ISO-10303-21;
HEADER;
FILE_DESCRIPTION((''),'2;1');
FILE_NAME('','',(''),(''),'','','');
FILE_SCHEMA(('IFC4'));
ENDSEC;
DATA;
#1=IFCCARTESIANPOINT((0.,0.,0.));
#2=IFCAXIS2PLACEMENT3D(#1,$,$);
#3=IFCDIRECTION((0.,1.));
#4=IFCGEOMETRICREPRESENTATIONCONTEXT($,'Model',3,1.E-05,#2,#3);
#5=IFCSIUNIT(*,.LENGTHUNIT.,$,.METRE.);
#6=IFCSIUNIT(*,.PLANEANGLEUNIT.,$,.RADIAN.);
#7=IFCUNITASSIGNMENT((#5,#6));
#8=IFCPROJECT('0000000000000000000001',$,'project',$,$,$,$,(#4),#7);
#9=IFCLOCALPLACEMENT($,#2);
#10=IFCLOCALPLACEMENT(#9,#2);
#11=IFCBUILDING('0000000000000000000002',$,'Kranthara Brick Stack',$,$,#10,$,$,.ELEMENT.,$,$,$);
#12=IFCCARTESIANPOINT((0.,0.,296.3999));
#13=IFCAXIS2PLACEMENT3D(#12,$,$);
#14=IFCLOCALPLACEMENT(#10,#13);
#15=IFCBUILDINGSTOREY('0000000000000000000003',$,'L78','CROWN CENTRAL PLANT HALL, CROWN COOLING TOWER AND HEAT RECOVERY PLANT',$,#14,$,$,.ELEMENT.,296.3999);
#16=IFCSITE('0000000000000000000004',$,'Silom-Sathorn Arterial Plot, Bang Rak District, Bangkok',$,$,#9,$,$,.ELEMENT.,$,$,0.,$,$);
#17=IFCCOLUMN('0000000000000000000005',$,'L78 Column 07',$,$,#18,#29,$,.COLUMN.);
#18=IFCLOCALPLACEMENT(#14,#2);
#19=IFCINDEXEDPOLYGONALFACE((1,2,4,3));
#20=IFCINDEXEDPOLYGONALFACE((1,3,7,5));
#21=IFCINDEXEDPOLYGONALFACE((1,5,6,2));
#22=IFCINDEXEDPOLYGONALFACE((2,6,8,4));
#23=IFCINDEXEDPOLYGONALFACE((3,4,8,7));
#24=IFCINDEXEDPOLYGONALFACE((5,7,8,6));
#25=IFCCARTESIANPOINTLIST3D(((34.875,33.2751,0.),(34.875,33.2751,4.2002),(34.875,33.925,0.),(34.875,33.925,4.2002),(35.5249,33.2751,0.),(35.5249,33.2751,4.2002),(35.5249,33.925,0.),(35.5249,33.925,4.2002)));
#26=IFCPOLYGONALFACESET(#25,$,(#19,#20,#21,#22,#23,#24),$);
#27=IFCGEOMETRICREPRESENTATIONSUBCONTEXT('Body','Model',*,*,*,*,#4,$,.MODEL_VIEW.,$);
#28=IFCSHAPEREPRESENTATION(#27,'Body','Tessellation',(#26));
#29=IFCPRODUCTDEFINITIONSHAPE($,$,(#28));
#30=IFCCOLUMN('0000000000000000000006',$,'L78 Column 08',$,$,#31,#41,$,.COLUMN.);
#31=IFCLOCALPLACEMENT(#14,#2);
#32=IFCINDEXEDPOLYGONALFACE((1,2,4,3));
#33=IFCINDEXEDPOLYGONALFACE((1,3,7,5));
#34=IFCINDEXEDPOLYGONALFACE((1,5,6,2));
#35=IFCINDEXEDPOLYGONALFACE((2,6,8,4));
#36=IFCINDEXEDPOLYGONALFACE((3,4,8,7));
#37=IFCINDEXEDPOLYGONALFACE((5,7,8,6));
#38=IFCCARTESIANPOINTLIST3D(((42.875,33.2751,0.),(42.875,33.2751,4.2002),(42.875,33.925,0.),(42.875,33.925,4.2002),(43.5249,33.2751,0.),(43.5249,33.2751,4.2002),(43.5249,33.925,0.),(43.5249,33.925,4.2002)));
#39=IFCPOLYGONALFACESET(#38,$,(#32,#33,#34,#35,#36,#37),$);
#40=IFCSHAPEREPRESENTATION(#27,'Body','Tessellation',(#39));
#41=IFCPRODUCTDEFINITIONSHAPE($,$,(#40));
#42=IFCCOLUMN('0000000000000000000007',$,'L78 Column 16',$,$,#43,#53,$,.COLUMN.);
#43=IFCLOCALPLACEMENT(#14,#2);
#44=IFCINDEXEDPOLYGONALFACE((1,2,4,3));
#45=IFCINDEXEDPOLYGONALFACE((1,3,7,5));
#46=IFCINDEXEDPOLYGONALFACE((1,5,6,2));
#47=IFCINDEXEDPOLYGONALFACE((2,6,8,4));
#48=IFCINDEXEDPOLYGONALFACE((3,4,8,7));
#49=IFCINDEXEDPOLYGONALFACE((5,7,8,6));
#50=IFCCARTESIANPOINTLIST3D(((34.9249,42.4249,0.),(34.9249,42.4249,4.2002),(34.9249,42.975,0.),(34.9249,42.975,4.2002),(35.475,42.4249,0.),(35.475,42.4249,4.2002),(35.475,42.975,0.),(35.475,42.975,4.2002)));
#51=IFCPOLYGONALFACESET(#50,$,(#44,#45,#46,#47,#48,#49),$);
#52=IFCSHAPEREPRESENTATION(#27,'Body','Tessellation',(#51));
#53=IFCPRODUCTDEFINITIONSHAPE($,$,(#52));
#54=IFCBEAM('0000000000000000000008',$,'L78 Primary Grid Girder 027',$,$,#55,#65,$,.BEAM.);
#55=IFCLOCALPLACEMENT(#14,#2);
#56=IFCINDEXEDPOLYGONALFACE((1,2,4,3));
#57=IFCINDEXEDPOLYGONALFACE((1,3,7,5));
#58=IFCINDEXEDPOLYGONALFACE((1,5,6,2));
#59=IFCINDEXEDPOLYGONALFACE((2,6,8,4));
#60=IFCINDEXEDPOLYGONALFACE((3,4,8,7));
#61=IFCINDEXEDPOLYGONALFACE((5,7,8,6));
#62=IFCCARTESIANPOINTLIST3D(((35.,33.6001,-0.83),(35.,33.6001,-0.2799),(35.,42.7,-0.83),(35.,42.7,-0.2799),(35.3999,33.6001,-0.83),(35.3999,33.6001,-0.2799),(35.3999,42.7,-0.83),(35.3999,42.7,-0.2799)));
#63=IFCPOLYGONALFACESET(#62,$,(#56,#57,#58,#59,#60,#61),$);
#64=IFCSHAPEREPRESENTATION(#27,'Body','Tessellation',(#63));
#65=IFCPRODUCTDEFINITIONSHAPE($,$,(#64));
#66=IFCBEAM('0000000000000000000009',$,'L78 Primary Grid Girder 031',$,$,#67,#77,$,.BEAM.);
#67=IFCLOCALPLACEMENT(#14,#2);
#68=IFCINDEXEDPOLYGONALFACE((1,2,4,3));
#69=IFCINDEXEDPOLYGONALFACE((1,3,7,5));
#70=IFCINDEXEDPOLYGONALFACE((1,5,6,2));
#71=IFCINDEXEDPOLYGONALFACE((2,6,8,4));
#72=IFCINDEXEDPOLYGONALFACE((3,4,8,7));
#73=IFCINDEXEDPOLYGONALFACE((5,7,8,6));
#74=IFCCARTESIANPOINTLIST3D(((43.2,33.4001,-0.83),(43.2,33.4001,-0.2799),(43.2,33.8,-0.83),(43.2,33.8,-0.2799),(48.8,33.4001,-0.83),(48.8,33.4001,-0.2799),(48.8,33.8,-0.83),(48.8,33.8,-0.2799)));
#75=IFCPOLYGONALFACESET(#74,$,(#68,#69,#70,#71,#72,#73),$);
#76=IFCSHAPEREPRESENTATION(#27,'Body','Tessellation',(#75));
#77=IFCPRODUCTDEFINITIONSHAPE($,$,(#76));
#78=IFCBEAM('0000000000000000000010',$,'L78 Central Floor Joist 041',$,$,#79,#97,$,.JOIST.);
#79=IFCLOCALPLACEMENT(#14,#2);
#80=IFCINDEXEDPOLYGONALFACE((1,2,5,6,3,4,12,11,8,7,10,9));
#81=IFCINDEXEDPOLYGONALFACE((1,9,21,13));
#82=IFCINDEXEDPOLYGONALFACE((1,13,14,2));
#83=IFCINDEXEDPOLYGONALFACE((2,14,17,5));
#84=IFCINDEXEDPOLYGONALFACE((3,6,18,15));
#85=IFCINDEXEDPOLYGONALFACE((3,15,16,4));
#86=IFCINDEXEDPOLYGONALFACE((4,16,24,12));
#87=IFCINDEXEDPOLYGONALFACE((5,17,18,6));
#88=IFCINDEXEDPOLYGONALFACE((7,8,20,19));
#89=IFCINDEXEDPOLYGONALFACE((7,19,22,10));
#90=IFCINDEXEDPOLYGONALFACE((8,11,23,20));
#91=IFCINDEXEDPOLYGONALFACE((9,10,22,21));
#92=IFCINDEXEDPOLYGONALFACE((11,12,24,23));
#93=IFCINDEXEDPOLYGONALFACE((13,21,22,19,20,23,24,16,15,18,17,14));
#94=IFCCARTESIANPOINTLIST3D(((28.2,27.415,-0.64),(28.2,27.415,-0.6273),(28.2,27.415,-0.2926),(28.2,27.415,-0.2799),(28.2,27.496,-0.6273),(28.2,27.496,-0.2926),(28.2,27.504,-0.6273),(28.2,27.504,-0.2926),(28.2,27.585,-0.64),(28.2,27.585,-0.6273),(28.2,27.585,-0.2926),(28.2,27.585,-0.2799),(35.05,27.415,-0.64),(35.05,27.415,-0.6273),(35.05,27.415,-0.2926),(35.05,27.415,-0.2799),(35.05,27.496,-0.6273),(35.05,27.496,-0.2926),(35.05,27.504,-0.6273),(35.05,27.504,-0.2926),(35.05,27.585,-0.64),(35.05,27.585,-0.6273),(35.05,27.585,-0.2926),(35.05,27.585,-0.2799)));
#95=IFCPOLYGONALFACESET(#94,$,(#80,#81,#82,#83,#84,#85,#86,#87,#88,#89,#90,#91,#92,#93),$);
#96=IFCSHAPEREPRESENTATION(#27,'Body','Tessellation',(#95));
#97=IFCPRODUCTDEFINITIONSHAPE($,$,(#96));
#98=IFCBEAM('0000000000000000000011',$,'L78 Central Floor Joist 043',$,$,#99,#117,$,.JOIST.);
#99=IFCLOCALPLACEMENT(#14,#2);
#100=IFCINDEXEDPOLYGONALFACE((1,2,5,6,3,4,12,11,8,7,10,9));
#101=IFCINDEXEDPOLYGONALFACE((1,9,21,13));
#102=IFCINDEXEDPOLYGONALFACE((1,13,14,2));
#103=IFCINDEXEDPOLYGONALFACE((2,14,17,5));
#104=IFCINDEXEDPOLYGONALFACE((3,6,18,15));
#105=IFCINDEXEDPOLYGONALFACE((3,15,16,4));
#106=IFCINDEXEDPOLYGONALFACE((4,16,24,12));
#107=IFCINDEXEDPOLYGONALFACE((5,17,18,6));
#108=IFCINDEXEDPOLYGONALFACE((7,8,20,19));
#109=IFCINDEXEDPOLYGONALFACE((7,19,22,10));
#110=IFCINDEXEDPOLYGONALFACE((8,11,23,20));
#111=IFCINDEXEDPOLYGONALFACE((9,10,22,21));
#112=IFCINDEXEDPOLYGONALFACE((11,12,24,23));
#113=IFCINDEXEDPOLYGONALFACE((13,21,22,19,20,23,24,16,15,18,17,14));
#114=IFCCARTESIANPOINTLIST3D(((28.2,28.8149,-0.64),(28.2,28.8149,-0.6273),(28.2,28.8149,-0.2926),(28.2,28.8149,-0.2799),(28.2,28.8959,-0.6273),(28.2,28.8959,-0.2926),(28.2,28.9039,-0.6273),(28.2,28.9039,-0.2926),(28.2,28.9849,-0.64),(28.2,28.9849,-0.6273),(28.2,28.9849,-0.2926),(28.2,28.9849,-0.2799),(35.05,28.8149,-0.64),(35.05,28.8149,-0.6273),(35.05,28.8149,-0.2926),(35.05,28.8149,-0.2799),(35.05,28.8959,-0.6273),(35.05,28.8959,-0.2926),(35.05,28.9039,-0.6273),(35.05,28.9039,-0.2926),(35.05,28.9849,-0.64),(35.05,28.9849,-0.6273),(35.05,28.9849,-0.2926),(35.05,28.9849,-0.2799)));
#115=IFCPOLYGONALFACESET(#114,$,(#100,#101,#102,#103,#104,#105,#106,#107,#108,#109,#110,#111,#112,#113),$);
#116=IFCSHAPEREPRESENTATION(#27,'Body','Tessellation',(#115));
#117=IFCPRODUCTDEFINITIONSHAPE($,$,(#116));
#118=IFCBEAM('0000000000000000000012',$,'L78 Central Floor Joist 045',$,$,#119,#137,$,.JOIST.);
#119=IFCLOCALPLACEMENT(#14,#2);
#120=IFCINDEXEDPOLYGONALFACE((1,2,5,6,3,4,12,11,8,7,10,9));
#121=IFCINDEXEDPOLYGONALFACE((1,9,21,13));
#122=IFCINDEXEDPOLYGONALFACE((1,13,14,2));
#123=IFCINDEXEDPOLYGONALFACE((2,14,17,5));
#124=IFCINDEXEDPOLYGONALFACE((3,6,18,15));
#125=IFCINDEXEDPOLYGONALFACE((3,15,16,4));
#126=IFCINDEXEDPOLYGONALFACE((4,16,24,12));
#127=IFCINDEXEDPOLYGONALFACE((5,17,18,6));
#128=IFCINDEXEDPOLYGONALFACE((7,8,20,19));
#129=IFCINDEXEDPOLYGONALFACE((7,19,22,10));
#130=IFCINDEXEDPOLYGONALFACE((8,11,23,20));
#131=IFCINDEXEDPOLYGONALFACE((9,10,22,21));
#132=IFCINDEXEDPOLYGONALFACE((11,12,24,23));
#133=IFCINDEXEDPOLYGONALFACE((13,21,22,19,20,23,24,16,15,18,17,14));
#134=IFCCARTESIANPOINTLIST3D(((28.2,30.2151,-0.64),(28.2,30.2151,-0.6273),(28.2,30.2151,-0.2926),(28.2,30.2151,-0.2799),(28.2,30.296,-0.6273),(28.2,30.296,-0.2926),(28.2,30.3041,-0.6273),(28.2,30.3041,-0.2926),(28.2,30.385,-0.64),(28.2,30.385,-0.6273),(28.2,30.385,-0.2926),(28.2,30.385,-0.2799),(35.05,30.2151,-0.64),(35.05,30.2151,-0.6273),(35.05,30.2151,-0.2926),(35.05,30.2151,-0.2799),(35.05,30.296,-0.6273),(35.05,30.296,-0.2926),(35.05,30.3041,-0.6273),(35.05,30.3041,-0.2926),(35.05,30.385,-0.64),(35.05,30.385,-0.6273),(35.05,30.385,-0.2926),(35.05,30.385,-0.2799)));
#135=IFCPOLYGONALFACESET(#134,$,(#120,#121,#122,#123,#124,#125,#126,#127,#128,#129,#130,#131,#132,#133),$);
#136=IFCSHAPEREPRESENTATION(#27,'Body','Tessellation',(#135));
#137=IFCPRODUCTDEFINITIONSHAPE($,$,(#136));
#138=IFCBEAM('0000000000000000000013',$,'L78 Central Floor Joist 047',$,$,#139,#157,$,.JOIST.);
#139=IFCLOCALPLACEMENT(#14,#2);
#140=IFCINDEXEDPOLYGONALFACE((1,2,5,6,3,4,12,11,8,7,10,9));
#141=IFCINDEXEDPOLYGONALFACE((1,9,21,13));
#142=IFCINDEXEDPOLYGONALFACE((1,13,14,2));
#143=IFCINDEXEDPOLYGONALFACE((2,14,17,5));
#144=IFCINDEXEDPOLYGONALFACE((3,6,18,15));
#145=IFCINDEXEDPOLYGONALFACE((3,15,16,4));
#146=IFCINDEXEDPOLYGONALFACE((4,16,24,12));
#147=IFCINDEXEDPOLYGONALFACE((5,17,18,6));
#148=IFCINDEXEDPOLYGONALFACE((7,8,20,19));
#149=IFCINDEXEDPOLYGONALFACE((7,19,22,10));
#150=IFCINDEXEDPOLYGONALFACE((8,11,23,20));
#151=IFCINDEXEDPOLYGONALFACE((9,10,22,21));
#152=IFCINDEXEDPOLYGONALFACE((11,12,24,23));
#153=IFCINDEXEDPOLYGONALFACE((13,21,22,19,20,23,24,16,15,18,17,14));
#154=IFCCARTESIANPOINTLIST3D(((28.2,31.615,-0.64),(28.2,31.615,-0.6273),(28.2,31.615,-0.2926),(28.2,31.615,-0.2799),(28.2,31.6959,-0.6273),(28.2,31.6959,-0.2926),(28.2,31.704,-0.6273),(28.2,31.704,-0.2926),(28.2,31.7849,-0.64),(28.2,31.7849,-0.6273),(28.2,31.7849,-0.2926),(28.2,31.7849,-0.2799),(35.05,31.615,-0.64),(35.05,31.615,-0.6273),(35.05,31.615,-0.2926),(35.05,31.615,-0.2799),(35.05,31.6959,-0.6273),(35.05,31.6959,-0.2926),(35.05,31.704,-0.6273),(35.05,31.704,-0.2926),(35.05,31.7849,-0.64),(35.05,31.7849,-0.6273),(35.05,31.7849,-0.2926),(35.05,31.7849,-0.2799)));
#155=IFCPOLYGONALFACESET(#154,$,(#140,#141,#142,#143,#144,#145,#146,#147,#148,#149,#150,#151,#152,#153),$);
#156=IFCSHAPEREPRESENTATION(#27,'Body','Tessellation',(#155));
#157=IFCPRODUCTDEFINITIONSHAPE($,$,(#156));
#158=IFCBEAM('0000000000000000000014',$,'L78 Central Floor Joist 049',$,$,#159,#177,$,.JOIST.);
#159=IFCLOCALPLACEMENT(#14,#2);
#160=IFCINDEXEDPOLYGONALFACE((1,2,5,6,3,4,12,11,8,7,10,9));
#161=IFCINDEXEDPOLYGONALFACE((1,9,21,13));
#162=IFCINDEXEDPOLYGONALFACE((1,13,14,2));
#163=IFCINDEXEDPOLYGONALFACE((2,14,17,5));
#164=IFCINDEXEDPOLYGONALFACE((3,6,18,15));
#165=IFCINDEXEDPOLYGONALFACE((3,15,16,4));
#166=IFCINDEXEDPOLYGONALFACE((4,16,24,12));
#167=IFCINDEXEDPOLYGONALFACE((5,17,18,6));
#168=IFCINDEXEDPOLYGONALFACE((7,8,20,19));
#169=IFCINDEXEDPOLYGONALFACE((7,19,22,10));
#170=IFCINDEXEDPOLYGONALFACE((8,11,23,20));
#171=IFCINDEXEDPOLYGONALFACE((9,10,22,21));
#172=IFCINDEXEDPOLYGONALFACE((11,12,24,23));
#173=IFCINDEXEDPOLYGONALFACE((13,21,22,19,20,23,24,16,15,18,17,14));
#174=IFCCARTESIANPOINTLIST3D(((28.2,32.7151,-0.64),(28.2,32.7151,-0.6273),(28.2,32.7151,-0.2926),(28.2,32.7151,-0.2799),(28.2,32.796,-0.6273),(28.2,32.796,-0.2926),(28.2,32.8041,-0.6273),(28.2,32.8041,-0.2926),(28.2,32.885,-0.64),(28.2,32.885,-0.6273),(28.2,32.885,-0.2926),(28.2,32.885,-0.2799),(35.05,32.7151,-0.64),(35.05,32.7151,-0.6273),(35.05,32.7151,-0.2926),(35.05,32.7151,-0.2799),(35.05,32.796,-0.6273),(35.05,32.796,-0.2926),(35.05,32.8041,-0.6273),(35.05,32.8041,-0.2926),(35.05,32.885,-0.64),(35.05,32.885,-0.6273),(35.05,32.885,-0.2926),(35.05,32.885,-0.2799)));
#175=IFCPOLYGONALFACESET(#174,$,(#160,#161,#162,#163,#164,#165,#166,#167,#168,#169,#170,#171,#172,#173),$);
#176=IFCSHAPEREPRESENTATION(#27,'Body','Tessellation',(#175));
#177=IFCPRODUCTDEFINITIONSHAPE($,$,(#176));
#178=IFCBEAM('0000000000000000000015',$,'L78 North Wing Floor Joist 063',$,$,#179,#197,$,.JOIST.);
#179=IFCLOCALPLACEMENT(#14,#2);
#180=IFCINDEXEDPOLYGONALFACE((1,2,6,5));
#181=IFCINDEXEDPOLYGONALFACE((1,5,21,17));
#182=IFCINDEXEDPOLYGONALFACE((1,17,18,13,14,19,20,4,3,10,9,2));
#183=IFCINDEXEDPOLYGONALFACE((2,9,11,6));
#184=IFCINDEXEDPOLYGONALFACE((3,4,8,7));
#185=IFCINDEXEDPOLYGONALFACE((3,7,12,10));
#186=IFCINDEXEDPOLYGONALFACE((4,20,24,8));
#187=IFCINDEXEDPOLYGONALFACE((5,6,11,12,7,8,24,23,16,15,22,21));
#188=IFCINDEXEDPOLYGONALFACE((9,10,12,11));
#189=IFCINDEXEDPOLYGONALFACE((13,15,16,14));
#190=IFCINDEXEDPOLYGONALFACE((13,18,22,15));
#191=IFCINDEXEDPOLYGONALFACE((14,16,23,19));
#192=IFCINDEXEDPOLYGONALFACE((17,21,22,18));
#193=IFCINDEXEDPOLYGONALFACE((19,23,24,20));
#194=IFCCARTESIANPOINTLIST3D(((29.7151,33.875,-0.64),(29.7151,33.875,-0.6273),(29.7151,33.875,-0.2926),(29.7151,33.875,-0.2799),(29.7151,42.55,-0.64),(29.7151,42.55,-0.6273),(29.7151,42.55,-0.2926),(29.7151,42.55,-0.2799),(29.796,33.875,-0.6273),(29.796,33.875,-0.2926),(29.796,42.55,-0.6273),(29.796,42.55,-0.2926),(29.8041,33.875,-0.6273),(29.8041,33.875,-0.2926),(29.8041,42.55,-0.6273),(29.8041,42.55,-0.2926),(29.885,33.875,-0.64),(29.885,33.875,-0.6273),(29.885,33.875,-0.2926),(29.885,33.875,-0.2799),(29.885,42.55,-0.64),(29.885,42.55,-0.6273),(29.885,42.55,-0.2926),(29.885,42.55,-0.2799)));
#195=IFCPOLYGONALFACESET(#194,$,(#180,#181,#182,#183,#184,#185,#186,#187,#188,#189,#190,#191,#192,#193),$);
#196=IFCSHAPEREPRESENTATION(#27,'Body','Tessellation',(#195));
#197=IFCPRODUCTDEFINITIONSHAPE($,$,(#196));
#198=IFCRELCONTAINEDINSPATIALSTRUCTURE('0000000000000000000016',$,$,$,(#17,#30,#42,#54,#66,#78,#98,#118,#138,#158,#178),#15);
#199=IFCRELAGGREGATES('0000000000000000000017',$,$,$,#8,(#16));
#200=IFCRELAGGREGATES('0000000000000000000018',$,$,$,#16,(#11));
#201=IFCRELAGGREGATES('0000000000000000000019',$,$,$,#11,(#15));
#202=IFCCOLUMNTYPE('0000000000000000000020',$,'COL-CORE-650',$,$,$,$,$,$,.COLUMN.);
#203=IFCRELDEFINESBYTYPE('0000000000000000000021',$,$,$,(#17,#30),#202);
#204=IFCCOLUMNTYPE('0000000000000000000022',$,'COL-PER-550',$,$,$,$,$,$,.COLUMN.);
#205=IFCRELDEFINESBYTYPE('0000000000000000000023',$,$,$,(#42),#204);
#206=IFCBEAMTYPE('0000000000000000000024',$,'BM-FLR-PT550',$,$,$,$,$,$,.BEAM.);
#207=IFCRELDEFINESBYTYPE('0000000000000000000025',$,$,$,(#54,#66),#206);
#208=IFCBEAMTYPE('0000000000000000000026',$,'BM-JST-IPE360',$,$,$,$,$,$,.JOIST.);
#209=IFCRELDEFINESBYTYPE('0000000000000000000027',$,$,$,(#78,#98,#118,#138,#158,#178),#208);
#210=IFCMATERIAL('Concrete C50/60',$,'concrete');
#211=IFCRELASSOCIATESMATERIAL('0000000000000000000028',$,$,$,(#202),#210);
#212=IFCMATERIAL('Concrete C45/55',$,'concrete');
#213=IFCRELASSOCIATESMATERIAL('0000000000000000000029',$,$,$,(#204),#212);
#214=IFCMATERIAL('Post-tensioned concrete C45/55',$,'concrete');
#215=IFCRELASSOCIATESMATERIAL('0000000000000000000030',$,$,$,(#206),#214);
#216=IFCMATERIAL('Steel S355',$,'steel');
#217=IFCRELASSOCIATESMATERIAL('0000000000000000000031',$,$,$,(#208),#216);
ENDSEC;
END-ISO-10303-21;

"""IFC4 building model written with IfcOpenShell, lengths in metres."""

from ifc_helpers import new_model, si_unit, direction, frame, origin, origin_2d, place, context, subcontext, project, spatial, rectangle, i_section, extrude, material, material_profile, profile_set, type_object, element, save


model = new_model("IFC4")

# Units and contexts
model_context = context("Model", 3, precision=1e-05, world=origin(), true_north=direction((0.0, 1.0)))
body_context = subcontext(model_context, "Body", "Model", "MODEL_VIEW")
ifc_project = project(units=[si_unit("LENGTHUNIT", "METRE"), si_unit("PLANEANGLEUNIT", "RADIAN")], contexts=[model_context])

# Site, building, storey
site_placement = place(None, origin())
site = spatial("IfcSite", under=ifc_project, at=site_placement, Name="Silom-Sathorn Arterial Plot, Bang Rak District, Bangkok", CompositionType="ELEMENT", RefElevation=0.0)
building_placement = place(site_placement, origin())
building = spatial("IfcBuilding", under=site, at=building_placement, Name="Kranthara Brick Stack", CompositionType="ELEMENT")
storey_placement = place(building_placement, frame((0.0, 0.0, 296.3999)))
storey = spatial("IfcBuildingStorey", under=building, at=storey_placement, Name="L78", Description="CROWN CENTRAL PLANT HALL, CROWN COOLING TOWER AND HEAT RECOVERY PLANT", CompositionType="ELEMENT", Elevation=296.3999)

# Columns
ifc_material_1 = material(Name="Concrete C50/60", Category="concrete")
ifc_material_profile_1 = material_profile(ifc_material_1, rectangle(XDim=0.6499, YDim=0.6499, at=origin_2d()), Name="RC 650x650")
ifc_profile_set_1 = profile_set([ifc_material_profile_1], Name="Concrete C50/60")
column_type_1 = type_object("IfcColumnType", Name="COL-CORE-650", PredefinedType="COLUMN", material=ifc_profile_set_1)
for number, where, z_axis, x_axis, name in (
    (1, (35.2, 33.6001, 0.0), (0.0, 0.0, 1.0), (1.0, 0.0, 0.0), "L78 Column 07"),
    (2, (43.2, 33.6001, 0.0), (0.0, 0.0, 1.0), (1.0, 0.0, 0.0), "L78 Column 08"),
):
    element("IfcColumn", number, at=place(storey_placement, frame(where, z_axis=z_axis, x_axis=x_axis)), inside=storey, type_object=column_type_1, Name=name, PredefinedType="COLUMN", context=body_context, shape_type="SweptSolid", body=[
        extrude(rectangle(XDim=0.6499, YDim=0.6499, at=origin_2d()), origin(), (0.0, 0.0, 1.0), 4.2002),
    ])
ifc_material_2 = material(Name="Concrete C45/55", Category="concrete")
ifc_material_profile_2 = material_profile(ifc_material_2, rectangle(XDim=0.55, YDim=0.55, at=origin_2d()), Name="RC 550x550")
ifc_profile_set_2 = profile_set([ifc_material_profile_2], Name="Concrete C45/55")
column_type_2 = type_object("IfcColumnType", Name="COL-PER-550", PredefinedType="COLUMN", material=ifc_profile_set_2)
column_placement = place(storey_placement, frame((35.2, 42.7, 0.0), z_axis=(0.0, 0.0, 1.0), x_axis=(1.0, 0.0, 0.0)))
element("IfcColumn", 3, at=column_placement, inside=storey, type_object=column_type_2, Name="L78 Column 16", PredefinedType="COLUMN", context=body_context, shape_type="SweptSolid", body=[
    extrude(rectangle(XDim=0.55, YDim=0.55, at=origin_2d()), origin(), (0.0, 0.0, 1.0), 4.2002),
])

# Beams
ifc_material_3 = material(Name="Post-tensioned concrete C45/55", Category="concrete")
ifc_material_profile_3 = material_profile(ifc_material_3, rectangle(XDim=0.3999, YDim=0.55, at=origin_2d()), Name="PT 400x550")
ifc_profile_set_3 = profile_set([ifc_material_profile_3], Name="Post-tensioned concrete C45/55")
beam_type_1 = type_object("IfcBeamType", Name="BM-FLR-PT550", PredefinedType="BEAM", material=ifc_profile_set_3)
beam_1_placement = place(storey_placement, frame((35.2, 33.6001, -0.5549), z_axis=(0.0, 1.0, 0.0), x_axis=(-1.0, 0.0, 0.0)))
element("IfcBeam", 4, at=beam_1_placement, inside=storey, type_object=beam_type_1, Name="L78 Primary Grid Girder 027", PredefinedType="BEAM", context=body_context, shape_type="SweptSolid", body=[
    extrude(rectangle(XDim=0.3999, YDim=0.55, at=origin_2d()), origin(), (0.0, 0.0, 1.0), 9.0999),
])
beam_2_placement = place(storey_placement, frame((43.2, 33.6001, -0.5549), z_axis=(1.0, 0.0, 0.0), x_axis=(0.0, 1.0, 0.0)))
element("IfcBeam", 5, at=beam_2_placement, inside=storey, type_object=beam_type_1, Name="L78 Primary Grid Girder 031", PredefinedType="BEAM", context=body_context, shape_type="SweptSolid", body=[
    extrude(rectangle(XDim=0.3999, YDim=0.55, at=origin_2d()), origin(), (0.0, 0.0, 1.0), 5.6001),
])
ifc_material_4 = material(Name="Steel S355", Category="steel")
ifc_material_profile_4 = material_profile(ifc_material_4, i_section(OverallWidth=0.1699, OverallDepth=0.3601, WebThickness=0.0081, FlangeThickness=0.0127, at=origin_2d()), Name="IPE 360")
ifc_profile_set_4 = profile_set([ifc_material_profile_4], Name="Steel S355")
beam_type_2 = type_object("IfcBeamType", Name="BM-JST-IPE360", PredefinedType="JOIST", material=ifc_profile_set_4)
for number, where, z_axis, x_axis, name in (
    (6, (28.2, 27.5, -0.46), (1.0, 0.0, 0.0), (0.0, 1.0, 0.0), "L78 Central Floor Joist 041"),
    (7, (28.2, 28.8999, -0.46), (1.0, 0.0, 0.0), (0.0, 1.0, 0.0), "L78 Central Floor Joist 043"),
    (8, (28.2, 30.3, -0.46), (1.0, 0.0, 0.0), (0.0, 1.0, 0.0), "L78 Central Floor Joist 045"),
    (9, (28.2, 31.7, -0.46), (1.0, 0.0, 0.0), (0.0, 1.0, 0.0), "L78 Central Floor Joist 047"),
    (10, (28.2, 32.8, -0.46), (1.0, 0.0, 0.0), (0.0, 1.0, 0.0), "L78 Central Floor Joist 049"),
):
    element("IfcBeam", number, at=place(storey_placement, frame(where, z_axis=z_axis, x_axis=x_axis)), inside=storey, type_object=beam_type_2, Name=name, PredefinedType="JOIST", context=body_context, shape_type="SweptSolid", body=[
        extrude(i_section(OverallWidth=0.1699, OverallDepth=0.3601, WebThickness=0.0081, FlangeThickness=0.0127, at=origin_2d()), origin(), (0.0, 0.0, 1.0), 6.8501),
    ])
for number, where, z_axis, x_axis, name in (
    (11, (29.8, 33.875, -0.46), (0.0, 1.0, 0.0), (-1.0, 0.0, 0.0), "L78 North Wing Floor Joist 063"),
):
    element("IfcBeam", number, at=place(storey_placement, frame(where, z_axis=z_axis, x_axis=x_axis)), inside=storey, type_object=beam_type_2, Name=name, PredefinedType="JOIST", context=body_context, shape_type="SweptSolid", body=[
        extrude(i_section(OverallWidth=0.1699, OverallDepth=0.3601, WebThickness=0.0081, FlangeThickness=0.0127, at=origin_2d()), origin(), (0.0, 0.0, 1.0), 8.675),
    ])

save(model, "model.ifc")
